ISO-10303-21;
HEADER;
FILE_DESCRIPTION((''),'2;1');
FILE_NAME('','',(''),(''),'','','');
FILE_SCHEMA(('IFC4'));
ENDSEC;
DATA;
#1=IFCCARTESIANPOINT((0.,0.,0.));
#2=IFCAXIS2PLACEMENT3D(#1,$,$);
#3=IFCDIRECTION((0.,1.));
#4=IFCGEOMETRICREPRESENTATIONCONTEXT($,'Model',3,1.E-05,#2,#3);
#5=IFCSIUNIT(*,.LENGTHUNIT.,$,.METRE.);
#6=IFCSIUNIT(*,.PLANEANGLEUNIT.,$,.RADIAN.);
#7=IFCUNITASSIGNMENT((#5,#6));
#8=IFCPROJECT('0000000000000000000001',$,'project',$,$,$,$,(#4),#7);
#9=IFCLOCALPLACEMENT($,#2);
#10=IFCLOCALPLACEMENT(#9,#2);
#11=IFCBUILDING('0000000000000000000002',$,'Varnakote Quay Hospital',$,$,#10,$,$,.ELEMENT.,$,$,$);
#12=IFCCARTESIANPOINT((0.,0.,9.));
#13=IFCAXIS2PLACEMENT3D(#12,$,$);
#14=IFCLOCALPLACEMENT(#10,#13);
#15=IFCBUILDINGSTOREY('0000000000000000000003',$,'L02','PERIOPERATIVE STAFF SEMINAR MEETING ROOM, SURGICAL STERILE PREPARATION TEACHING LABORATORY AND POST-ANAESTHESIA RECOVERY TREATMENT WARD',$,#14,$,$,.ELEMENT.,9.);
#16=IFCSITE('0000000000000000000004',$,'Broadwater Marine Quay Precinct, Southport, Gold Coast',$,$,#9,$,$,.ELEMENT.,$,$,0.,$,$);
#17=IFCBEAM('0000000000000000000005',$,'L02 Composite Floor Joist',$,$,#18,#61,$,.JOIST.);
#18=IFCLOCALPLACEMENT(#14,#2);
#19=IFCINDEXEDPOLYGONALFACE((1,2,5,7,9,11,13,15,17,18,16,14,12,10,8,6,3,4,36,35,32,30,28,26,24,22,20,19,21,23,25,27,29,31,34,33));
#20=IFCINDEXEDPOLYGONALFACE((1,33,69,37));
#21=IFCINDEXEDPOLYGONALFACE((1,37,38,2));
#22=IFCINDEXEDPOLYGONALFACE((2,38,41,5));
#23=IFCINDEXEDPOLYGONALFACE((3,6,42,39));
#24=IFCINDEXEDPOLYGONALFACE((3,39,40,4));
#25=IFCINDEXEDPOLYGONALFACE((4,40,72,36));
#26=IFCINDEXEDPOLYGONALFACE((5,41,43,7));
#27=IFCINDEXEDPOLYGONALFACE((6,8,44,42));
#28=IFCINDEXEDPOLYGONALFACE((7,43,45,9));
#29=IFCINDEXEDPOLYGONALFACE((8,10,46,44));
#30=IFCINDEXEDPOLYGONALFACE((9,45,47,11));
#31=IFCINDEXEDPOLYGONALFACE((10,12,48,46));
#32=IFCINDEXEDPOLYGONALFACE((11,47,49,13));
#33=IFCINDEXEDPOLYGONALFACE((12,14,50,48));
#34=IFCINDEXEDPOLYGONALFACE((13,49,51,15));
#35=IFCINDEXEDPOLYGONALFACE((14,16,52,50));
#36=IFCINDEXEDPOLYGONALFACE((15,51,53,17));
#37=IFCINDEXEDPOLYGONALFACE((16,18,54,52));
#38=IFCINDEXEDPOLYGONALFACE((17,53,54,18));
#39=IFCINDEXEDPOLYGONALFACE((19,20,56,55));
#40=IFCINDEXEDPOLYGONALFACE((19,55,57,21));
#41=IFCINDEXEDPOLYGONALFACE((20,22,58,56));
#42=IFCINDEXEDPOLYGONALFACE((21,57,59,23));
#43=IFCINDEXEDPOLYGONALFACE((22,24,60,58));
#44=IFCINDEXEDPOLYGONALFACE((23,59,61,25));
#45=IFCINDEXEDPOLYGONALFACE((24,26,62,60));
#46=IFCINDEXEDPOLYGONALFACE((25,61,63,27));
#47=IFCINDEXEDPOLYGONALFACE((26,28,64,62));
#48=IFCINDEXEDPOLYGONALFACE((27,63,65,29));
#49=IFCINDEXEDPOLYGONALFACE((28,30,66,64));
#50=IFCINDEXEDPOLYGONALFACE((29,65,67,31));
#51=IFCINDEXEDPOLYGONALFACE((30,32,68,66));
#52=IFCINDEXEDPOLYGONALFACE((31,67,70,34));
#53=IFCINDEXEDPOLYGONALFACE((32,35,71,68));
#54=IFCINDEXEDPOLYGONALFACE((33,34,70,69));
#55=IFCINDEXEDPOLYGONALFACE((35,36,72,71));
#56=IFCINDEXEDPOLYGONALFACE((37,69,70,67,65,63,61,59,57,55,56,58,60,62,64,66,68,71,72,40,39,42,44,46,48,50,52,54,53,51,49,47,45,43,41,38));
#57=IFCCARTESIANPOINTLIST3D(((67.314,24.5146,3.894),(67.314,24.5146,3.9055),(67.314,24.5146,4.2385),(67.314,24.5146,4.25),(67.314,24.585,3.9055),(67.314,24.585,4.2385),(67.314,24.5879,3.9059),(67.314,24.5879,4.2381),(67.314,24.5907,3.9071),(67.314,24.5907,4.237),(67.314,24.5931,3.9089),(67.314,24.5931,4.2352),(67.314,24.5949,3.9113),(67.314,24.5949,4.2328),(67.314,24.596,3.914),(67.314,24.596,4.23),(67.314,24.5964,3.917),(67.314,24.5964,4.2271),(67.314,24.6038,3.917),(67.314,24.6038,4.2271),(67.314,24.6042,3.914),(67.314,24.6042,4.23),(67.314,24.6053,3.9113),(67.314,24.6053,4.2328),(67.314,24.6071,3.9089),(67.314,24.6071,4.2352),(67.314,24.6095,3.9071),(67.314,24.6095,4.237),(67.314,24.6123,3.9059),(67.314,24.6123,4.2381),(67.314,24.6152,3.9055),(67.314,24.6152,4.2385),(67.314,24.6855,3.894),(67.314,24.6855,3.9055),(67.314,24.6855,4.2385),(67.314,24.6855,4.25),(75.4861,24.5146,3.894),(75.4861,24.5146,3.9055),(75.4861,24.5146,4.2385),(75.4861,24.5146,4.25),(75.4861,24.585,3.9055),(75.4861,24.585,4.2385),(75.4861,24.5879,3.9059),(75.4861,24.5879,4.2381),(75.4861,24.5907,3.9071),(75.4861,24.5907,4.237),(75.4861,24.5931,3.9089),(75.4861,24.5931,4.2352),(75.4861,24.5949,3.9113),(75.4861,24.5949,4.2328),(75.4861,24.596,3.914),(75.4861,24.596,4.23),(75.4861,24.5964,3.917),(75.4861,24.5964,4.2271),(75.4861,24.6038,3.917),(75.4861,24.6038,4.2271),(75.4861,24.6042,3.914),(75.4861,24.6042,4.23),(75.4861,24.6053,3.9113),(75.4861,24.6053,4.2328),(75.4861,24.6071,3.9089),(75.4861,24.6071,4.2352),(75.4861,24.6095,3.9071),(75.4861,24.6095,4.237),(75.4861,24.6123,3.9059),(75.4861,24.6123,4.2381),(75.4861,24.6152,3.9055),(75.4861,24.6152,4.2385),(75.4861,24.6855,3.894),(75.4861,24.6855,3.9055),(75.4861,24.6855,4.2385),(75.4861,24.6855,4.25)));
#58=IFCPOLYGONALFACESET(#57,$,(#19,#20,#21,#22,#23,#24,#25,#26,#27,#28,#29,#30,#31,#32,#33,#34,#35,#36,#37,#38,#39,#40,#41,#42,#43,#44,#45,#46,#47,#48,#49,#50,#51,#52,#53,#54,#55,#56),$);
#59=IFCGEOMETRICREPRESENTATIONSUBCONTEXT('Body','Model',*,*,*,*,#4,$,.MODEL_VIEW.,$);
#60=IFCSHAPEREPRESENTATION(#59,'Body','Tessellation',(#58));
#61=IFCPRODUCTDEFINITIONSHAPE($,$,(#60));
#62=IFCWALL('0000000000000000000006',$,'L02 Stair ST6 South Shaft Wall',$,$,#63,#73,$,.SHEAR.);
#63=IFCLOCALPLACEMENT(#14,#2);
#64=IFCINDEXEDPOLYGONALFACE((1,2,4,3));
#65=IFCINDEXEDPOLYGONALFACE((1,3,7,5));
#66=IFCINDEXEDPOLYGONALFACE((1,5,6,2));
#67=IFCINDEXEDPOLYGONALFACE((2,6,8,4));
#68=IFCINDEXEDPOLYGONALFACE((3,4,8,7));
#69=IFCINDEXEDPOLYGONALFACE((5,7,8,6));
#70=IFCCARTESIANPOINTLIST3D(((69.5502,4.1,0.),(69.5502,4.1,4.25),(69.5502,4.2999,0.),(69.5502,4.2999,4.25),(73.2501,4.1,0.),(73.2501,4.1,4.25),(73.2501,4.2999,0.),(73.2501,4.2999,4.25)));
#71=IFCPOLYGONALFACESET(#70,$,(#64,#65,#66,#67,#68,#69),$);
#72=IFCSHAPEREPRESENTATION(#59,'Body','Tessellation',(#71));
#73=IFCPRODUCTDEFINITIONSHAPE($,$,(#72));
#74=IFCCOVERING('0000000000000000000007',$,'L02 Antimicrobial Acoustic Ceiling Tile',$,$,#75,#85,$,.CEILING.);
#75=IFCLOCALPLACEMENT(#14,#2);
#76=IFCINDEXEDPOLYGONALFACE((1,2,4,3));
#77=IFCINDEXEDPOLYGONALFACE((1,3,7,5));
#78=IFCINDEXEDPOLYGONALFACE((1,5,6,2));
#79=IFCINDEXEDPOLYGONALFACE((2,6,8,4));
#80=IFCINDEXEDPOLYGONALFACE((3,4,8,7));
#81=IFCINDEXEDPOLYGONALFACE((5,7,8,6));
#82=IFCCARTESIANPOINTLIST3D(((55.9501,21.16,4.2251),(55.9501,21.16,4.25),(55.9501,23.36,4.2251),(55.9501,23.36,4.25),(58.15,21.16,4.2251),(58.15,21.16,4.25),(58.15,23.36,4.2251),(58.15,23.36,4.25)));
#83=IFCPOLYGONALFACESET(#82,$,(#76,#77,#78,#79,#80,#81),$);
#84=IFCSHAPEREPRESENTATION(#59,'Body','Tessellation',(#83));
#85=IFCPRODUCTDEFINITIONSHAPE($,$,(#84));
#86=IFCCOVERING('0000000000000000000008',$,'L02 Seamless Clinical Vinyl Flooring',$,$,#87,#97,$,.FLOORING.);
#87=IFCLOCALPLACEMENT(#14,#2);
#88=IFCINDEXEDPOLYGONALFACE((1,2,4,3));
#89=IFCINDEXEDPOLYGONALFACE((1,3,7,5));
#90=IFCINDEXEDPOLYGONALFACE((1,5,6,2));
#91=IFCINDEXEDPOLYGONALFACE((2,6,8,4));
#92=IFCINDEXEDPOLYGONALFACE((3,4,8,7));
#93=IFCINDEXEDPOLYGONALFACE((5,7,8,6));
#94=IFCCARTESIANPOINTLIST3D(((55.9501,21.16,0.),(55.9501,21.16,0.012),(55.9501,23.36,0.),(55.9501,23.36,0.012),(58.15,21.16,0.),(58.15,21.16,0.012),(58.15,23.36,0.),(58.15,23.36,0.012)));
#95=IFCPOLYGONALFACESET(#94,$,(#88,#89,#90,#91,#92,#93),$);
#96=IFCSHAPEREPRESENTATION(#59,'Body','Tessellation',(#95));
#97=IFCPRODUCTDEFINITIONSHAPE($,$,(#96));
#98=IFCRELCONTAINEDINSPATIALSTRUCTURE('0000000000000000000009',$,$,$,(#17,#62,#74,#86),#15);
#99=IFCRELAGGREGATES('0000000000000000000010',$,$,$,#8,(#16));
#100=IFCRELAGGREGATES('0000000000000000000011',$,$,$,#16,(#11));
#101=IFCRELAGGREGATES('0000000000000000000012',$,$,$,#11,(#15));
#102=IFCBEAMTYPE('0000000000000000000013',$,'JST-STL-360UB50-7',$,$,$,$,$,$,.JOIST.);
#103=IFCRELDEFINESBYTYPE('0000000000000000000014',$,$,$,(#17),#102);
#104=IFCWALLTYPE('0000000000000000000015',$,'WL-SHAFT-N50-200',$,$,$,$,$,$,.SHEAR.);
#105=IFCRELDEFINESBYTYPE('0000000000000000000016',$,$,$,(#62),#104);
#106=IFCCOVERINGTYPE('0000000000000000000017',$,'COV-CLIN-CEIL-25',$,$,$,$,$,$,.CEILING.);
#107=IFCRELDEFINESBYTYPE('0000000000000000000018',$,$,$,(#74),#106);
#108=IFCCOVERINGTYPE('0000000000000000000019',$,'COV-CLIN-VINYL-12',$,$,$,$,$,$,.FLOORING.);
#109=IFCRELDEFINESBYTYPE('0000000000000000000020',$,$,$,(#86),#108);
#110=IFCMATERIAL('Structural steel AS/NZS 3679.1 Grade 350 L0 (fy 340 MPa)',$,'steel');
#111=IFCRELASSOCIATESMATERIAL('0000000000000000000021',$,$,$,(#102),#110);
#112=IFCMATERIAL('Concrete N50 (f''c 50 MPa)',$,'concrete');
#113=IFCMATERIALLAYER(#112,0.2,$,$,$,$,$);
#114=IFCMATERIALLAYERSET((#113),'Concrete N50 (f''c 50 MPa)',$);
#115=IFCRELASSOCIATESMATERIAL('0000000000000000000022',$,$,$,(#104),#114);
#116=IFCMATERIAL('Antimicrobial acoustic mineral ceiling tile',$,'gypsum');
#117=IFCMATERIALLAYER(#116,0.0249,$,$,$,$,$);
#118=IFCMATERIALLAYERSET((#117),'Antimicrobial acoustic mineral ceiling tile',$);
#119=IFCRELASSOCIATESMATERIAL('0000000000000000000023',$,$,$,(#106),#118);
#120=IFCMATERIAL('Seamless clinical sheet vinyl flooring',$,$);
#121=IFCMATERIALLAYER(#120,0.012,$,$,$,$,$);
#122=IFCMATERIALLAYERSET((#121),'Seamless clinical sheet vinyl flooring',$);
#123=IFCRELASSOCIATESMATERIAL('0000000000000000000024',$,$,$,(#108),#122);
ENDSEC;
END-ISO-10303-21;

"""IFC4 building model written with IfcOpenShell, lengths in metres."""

from ifc_helpers import new_model, si_unit, direction, frame, frame_2d, origin, origin_2d, place, context, subcontext, project, spatial, rectangle, i_section, extrude, material, layer, layer_set, material_profile, profile_set, type_object, element, save


model = new_model("IFC4")

# Units and contexts
model_context = context("Model", 3, precision=1e-05, world=origin(), true_north=direction((0.0, 1.0)))
body_context = subcontext(model_context, "Body", "Model", "MODEL_VIEW")
ifc_project = project(units=[si_unit("LENGTHUNIT", "METRE"), si_unit("PLANEANGLEUNIT", "RADIAN")], contexts=[model_context])

# Site, building, storey
site_placement = place(None, origin())
site = spatial("IfcSite", under=ifc_project, at=site_placement, Name="Broadwater Marine Quay Precinct, Southport, Gold Coast", CompositionType="ELEMENT", RefElevation=0.0)
building_placement = place(site_placement, origin())
building = spatial("IfcBuilding", under=site, at=building_placement, Name="Varnakote Quay Hospital", CompositionType="ELEMENT")
storey_placement = place(building_placement, frame((0.0, 0.0, 9.0)))
storey = spatial("IfcBuildingStorey", under=building, at=storey_placement, Name="L02", Description="PERIOPERATIVE STAFF SEMINAR MEETING ROOM, SURGICAL STERILE PREPARATION TEACHING LABORATORY AND POST-ANAESTHESIA RECOVERY TREATMENT WARD", CompositionType="ELEMENT", Elevation=9.0)

# Beam
ifc_material_1 = material(Name="Structural steel AS/NZS 3679.1 Grade 350 L0 (fy 340 MPa)", Category="steel")
ifc_material_profile_1 = material_profile(ifc_material_1, i_section(OverallWidth=0.1709, OverallDepth=0.356, WebThickness=0.0073, FlangeThickness=0.0115, FilletRadius=0.0115, at=origin_2d()), Name="360UB50.7")
ifc_profile_set_1 = profile_set([ifc_material_profile_1], Name="Structural steel AS/NZS 3679.1 Grade 350 L0 (fy 340 MPa)")
beam_type_1 = type_object("IfcBeamType", Name="JST-STL-360UB50-7", PredefinedType="JOIST", material=ifc_profile_set_1)
beam_1_placement = place(storey_placement, frame((67.314, 24.6001, 4.072), z_axis=(1.0, 0.0, 0.0), x_axis=(0.0, 1.0, 0.0)))
element("IfcBeam", 1, at=beam_1_placement, inside=storey, type_object=beam_type_1, Name="L02 Composite Floor Joist", PredefinedType="JOIST", context=body_context, shape_type="SweptSolid", body=[
    extrude(i_section(OverallWidth=0.1709, OverallDepth=0.356, WebThickness=0.0073, FlangeThickness=0.0115, FilletRadius=0.0115, at=origin_2d()), origin(), (0.0, 0.0, 1.0), 8.1721),
])

# Wall
ifc_material_2 = material(Name="Concrete N50 (f'c 50 MPa)", Category="concrete")
ifc_layer_1 = layer(ifc_material_2, 0.2)
ifc_layer_set_1 = layer_set([ifc_layer_1], Name="Concrete N50 (f'c 50 MPa)")
wall_type = type_object("IfcWallType", Name="WL-SHAFT-N50-200", PredefinedType="SHEAR", material=ifc_layer_set_1)
wall_1_placement = place(storey_placement, frame((69.55, 4.2, 0.0), z_axis=(0.0, 0.0, 1.0), x_axis=(1.0, 0.0, 0.0)))
element("IfcWall", 2, at=wall_1_placement, inside=storey, type_object=wall_type, Name="L02 Stair ST6 South Shaft Wall", PredefinedType="SHEAR", context=body_context, shape_type="SweptSolid", body=[
    extrude(rectangle(XDim=3.7, YDim=0.2, at=frame_2d((1.8501, 0.0))), origin(), (0.0, 0.0, 1.0), 4.25),
])

# Coverings
ifc_material_3 = material(Name="Antimicrobial acoustic mineral ceiling tile", Category="gypsum")
ifc_layer_2 = layer(ifc_material_3, 0.0249)
ifc_layer_set_2 = layer_set([ifc_layer_2], Name="Antimicrobial acoustic mineral ceiling tile")
covering_type_1 = type_object("IfcCoveringType", Name="COV-CLIN-CEIL-25", PredefinedType="CEILING", material=ifc_layer_set_2)
covering_1_placement = place(storey_placement, frame((57.05, 22.26, 4.2251), z_axis=(0.0, 0.0, 1.0), x_axis=(1.0, 0.0, 0.0)))
element("IfcCovering", 3, at=covering_1_placement, inside=storey, type_object=covering_type_1, Name="L02 Antimicrobial Acoustic Ceiling Tile", PredefinedType="CEILING", context=body_context, shape_type="SweptSolid", body=[
    extrude(rectangle(XDim=2.2, YDim=2.2, at=origin_2d()), origin(), (0.0, 0.0, 1.0), 0.0249),
])
ifc_material_4 = material(Name="Seamless clinical sheet vinyl flooring")
ifc_layer_3 = layer(ifc_material_4, 0.012)
ifc_layer_set_3 = layer_set([ifc_layer_3], Name="Seamless clinical sheet vinyl flooring")
covering_type_2 = type_object("IfcCoveringType", Name="COV-CLIN-VINYL-12", PredefinedType="FLOORING", material=ifc_layer_set_3)
covering_2_placement = place(storey_placement, frame((57.05, 22.26, 0.0), z_axis=(0.0, 0.0, 1.0), x_axis=(1.0, 0.0, 0.0)))
element("IfcCovering", 4, at=covering_2_placement, inside=storey, type_object=covering_type_2, Name="L02 Seamless Clinical Vinyl Flooring", PredefinedType="FLOORING", context=body_context, shape_type="SweptSolid", body=[
    extrude(rectangle(XDim=2.2, YDim=2.2, at=origin_2d()), origin(), (0.0, 0.0, 1.0), 0.012),
])

save(model, "model.ifc")
